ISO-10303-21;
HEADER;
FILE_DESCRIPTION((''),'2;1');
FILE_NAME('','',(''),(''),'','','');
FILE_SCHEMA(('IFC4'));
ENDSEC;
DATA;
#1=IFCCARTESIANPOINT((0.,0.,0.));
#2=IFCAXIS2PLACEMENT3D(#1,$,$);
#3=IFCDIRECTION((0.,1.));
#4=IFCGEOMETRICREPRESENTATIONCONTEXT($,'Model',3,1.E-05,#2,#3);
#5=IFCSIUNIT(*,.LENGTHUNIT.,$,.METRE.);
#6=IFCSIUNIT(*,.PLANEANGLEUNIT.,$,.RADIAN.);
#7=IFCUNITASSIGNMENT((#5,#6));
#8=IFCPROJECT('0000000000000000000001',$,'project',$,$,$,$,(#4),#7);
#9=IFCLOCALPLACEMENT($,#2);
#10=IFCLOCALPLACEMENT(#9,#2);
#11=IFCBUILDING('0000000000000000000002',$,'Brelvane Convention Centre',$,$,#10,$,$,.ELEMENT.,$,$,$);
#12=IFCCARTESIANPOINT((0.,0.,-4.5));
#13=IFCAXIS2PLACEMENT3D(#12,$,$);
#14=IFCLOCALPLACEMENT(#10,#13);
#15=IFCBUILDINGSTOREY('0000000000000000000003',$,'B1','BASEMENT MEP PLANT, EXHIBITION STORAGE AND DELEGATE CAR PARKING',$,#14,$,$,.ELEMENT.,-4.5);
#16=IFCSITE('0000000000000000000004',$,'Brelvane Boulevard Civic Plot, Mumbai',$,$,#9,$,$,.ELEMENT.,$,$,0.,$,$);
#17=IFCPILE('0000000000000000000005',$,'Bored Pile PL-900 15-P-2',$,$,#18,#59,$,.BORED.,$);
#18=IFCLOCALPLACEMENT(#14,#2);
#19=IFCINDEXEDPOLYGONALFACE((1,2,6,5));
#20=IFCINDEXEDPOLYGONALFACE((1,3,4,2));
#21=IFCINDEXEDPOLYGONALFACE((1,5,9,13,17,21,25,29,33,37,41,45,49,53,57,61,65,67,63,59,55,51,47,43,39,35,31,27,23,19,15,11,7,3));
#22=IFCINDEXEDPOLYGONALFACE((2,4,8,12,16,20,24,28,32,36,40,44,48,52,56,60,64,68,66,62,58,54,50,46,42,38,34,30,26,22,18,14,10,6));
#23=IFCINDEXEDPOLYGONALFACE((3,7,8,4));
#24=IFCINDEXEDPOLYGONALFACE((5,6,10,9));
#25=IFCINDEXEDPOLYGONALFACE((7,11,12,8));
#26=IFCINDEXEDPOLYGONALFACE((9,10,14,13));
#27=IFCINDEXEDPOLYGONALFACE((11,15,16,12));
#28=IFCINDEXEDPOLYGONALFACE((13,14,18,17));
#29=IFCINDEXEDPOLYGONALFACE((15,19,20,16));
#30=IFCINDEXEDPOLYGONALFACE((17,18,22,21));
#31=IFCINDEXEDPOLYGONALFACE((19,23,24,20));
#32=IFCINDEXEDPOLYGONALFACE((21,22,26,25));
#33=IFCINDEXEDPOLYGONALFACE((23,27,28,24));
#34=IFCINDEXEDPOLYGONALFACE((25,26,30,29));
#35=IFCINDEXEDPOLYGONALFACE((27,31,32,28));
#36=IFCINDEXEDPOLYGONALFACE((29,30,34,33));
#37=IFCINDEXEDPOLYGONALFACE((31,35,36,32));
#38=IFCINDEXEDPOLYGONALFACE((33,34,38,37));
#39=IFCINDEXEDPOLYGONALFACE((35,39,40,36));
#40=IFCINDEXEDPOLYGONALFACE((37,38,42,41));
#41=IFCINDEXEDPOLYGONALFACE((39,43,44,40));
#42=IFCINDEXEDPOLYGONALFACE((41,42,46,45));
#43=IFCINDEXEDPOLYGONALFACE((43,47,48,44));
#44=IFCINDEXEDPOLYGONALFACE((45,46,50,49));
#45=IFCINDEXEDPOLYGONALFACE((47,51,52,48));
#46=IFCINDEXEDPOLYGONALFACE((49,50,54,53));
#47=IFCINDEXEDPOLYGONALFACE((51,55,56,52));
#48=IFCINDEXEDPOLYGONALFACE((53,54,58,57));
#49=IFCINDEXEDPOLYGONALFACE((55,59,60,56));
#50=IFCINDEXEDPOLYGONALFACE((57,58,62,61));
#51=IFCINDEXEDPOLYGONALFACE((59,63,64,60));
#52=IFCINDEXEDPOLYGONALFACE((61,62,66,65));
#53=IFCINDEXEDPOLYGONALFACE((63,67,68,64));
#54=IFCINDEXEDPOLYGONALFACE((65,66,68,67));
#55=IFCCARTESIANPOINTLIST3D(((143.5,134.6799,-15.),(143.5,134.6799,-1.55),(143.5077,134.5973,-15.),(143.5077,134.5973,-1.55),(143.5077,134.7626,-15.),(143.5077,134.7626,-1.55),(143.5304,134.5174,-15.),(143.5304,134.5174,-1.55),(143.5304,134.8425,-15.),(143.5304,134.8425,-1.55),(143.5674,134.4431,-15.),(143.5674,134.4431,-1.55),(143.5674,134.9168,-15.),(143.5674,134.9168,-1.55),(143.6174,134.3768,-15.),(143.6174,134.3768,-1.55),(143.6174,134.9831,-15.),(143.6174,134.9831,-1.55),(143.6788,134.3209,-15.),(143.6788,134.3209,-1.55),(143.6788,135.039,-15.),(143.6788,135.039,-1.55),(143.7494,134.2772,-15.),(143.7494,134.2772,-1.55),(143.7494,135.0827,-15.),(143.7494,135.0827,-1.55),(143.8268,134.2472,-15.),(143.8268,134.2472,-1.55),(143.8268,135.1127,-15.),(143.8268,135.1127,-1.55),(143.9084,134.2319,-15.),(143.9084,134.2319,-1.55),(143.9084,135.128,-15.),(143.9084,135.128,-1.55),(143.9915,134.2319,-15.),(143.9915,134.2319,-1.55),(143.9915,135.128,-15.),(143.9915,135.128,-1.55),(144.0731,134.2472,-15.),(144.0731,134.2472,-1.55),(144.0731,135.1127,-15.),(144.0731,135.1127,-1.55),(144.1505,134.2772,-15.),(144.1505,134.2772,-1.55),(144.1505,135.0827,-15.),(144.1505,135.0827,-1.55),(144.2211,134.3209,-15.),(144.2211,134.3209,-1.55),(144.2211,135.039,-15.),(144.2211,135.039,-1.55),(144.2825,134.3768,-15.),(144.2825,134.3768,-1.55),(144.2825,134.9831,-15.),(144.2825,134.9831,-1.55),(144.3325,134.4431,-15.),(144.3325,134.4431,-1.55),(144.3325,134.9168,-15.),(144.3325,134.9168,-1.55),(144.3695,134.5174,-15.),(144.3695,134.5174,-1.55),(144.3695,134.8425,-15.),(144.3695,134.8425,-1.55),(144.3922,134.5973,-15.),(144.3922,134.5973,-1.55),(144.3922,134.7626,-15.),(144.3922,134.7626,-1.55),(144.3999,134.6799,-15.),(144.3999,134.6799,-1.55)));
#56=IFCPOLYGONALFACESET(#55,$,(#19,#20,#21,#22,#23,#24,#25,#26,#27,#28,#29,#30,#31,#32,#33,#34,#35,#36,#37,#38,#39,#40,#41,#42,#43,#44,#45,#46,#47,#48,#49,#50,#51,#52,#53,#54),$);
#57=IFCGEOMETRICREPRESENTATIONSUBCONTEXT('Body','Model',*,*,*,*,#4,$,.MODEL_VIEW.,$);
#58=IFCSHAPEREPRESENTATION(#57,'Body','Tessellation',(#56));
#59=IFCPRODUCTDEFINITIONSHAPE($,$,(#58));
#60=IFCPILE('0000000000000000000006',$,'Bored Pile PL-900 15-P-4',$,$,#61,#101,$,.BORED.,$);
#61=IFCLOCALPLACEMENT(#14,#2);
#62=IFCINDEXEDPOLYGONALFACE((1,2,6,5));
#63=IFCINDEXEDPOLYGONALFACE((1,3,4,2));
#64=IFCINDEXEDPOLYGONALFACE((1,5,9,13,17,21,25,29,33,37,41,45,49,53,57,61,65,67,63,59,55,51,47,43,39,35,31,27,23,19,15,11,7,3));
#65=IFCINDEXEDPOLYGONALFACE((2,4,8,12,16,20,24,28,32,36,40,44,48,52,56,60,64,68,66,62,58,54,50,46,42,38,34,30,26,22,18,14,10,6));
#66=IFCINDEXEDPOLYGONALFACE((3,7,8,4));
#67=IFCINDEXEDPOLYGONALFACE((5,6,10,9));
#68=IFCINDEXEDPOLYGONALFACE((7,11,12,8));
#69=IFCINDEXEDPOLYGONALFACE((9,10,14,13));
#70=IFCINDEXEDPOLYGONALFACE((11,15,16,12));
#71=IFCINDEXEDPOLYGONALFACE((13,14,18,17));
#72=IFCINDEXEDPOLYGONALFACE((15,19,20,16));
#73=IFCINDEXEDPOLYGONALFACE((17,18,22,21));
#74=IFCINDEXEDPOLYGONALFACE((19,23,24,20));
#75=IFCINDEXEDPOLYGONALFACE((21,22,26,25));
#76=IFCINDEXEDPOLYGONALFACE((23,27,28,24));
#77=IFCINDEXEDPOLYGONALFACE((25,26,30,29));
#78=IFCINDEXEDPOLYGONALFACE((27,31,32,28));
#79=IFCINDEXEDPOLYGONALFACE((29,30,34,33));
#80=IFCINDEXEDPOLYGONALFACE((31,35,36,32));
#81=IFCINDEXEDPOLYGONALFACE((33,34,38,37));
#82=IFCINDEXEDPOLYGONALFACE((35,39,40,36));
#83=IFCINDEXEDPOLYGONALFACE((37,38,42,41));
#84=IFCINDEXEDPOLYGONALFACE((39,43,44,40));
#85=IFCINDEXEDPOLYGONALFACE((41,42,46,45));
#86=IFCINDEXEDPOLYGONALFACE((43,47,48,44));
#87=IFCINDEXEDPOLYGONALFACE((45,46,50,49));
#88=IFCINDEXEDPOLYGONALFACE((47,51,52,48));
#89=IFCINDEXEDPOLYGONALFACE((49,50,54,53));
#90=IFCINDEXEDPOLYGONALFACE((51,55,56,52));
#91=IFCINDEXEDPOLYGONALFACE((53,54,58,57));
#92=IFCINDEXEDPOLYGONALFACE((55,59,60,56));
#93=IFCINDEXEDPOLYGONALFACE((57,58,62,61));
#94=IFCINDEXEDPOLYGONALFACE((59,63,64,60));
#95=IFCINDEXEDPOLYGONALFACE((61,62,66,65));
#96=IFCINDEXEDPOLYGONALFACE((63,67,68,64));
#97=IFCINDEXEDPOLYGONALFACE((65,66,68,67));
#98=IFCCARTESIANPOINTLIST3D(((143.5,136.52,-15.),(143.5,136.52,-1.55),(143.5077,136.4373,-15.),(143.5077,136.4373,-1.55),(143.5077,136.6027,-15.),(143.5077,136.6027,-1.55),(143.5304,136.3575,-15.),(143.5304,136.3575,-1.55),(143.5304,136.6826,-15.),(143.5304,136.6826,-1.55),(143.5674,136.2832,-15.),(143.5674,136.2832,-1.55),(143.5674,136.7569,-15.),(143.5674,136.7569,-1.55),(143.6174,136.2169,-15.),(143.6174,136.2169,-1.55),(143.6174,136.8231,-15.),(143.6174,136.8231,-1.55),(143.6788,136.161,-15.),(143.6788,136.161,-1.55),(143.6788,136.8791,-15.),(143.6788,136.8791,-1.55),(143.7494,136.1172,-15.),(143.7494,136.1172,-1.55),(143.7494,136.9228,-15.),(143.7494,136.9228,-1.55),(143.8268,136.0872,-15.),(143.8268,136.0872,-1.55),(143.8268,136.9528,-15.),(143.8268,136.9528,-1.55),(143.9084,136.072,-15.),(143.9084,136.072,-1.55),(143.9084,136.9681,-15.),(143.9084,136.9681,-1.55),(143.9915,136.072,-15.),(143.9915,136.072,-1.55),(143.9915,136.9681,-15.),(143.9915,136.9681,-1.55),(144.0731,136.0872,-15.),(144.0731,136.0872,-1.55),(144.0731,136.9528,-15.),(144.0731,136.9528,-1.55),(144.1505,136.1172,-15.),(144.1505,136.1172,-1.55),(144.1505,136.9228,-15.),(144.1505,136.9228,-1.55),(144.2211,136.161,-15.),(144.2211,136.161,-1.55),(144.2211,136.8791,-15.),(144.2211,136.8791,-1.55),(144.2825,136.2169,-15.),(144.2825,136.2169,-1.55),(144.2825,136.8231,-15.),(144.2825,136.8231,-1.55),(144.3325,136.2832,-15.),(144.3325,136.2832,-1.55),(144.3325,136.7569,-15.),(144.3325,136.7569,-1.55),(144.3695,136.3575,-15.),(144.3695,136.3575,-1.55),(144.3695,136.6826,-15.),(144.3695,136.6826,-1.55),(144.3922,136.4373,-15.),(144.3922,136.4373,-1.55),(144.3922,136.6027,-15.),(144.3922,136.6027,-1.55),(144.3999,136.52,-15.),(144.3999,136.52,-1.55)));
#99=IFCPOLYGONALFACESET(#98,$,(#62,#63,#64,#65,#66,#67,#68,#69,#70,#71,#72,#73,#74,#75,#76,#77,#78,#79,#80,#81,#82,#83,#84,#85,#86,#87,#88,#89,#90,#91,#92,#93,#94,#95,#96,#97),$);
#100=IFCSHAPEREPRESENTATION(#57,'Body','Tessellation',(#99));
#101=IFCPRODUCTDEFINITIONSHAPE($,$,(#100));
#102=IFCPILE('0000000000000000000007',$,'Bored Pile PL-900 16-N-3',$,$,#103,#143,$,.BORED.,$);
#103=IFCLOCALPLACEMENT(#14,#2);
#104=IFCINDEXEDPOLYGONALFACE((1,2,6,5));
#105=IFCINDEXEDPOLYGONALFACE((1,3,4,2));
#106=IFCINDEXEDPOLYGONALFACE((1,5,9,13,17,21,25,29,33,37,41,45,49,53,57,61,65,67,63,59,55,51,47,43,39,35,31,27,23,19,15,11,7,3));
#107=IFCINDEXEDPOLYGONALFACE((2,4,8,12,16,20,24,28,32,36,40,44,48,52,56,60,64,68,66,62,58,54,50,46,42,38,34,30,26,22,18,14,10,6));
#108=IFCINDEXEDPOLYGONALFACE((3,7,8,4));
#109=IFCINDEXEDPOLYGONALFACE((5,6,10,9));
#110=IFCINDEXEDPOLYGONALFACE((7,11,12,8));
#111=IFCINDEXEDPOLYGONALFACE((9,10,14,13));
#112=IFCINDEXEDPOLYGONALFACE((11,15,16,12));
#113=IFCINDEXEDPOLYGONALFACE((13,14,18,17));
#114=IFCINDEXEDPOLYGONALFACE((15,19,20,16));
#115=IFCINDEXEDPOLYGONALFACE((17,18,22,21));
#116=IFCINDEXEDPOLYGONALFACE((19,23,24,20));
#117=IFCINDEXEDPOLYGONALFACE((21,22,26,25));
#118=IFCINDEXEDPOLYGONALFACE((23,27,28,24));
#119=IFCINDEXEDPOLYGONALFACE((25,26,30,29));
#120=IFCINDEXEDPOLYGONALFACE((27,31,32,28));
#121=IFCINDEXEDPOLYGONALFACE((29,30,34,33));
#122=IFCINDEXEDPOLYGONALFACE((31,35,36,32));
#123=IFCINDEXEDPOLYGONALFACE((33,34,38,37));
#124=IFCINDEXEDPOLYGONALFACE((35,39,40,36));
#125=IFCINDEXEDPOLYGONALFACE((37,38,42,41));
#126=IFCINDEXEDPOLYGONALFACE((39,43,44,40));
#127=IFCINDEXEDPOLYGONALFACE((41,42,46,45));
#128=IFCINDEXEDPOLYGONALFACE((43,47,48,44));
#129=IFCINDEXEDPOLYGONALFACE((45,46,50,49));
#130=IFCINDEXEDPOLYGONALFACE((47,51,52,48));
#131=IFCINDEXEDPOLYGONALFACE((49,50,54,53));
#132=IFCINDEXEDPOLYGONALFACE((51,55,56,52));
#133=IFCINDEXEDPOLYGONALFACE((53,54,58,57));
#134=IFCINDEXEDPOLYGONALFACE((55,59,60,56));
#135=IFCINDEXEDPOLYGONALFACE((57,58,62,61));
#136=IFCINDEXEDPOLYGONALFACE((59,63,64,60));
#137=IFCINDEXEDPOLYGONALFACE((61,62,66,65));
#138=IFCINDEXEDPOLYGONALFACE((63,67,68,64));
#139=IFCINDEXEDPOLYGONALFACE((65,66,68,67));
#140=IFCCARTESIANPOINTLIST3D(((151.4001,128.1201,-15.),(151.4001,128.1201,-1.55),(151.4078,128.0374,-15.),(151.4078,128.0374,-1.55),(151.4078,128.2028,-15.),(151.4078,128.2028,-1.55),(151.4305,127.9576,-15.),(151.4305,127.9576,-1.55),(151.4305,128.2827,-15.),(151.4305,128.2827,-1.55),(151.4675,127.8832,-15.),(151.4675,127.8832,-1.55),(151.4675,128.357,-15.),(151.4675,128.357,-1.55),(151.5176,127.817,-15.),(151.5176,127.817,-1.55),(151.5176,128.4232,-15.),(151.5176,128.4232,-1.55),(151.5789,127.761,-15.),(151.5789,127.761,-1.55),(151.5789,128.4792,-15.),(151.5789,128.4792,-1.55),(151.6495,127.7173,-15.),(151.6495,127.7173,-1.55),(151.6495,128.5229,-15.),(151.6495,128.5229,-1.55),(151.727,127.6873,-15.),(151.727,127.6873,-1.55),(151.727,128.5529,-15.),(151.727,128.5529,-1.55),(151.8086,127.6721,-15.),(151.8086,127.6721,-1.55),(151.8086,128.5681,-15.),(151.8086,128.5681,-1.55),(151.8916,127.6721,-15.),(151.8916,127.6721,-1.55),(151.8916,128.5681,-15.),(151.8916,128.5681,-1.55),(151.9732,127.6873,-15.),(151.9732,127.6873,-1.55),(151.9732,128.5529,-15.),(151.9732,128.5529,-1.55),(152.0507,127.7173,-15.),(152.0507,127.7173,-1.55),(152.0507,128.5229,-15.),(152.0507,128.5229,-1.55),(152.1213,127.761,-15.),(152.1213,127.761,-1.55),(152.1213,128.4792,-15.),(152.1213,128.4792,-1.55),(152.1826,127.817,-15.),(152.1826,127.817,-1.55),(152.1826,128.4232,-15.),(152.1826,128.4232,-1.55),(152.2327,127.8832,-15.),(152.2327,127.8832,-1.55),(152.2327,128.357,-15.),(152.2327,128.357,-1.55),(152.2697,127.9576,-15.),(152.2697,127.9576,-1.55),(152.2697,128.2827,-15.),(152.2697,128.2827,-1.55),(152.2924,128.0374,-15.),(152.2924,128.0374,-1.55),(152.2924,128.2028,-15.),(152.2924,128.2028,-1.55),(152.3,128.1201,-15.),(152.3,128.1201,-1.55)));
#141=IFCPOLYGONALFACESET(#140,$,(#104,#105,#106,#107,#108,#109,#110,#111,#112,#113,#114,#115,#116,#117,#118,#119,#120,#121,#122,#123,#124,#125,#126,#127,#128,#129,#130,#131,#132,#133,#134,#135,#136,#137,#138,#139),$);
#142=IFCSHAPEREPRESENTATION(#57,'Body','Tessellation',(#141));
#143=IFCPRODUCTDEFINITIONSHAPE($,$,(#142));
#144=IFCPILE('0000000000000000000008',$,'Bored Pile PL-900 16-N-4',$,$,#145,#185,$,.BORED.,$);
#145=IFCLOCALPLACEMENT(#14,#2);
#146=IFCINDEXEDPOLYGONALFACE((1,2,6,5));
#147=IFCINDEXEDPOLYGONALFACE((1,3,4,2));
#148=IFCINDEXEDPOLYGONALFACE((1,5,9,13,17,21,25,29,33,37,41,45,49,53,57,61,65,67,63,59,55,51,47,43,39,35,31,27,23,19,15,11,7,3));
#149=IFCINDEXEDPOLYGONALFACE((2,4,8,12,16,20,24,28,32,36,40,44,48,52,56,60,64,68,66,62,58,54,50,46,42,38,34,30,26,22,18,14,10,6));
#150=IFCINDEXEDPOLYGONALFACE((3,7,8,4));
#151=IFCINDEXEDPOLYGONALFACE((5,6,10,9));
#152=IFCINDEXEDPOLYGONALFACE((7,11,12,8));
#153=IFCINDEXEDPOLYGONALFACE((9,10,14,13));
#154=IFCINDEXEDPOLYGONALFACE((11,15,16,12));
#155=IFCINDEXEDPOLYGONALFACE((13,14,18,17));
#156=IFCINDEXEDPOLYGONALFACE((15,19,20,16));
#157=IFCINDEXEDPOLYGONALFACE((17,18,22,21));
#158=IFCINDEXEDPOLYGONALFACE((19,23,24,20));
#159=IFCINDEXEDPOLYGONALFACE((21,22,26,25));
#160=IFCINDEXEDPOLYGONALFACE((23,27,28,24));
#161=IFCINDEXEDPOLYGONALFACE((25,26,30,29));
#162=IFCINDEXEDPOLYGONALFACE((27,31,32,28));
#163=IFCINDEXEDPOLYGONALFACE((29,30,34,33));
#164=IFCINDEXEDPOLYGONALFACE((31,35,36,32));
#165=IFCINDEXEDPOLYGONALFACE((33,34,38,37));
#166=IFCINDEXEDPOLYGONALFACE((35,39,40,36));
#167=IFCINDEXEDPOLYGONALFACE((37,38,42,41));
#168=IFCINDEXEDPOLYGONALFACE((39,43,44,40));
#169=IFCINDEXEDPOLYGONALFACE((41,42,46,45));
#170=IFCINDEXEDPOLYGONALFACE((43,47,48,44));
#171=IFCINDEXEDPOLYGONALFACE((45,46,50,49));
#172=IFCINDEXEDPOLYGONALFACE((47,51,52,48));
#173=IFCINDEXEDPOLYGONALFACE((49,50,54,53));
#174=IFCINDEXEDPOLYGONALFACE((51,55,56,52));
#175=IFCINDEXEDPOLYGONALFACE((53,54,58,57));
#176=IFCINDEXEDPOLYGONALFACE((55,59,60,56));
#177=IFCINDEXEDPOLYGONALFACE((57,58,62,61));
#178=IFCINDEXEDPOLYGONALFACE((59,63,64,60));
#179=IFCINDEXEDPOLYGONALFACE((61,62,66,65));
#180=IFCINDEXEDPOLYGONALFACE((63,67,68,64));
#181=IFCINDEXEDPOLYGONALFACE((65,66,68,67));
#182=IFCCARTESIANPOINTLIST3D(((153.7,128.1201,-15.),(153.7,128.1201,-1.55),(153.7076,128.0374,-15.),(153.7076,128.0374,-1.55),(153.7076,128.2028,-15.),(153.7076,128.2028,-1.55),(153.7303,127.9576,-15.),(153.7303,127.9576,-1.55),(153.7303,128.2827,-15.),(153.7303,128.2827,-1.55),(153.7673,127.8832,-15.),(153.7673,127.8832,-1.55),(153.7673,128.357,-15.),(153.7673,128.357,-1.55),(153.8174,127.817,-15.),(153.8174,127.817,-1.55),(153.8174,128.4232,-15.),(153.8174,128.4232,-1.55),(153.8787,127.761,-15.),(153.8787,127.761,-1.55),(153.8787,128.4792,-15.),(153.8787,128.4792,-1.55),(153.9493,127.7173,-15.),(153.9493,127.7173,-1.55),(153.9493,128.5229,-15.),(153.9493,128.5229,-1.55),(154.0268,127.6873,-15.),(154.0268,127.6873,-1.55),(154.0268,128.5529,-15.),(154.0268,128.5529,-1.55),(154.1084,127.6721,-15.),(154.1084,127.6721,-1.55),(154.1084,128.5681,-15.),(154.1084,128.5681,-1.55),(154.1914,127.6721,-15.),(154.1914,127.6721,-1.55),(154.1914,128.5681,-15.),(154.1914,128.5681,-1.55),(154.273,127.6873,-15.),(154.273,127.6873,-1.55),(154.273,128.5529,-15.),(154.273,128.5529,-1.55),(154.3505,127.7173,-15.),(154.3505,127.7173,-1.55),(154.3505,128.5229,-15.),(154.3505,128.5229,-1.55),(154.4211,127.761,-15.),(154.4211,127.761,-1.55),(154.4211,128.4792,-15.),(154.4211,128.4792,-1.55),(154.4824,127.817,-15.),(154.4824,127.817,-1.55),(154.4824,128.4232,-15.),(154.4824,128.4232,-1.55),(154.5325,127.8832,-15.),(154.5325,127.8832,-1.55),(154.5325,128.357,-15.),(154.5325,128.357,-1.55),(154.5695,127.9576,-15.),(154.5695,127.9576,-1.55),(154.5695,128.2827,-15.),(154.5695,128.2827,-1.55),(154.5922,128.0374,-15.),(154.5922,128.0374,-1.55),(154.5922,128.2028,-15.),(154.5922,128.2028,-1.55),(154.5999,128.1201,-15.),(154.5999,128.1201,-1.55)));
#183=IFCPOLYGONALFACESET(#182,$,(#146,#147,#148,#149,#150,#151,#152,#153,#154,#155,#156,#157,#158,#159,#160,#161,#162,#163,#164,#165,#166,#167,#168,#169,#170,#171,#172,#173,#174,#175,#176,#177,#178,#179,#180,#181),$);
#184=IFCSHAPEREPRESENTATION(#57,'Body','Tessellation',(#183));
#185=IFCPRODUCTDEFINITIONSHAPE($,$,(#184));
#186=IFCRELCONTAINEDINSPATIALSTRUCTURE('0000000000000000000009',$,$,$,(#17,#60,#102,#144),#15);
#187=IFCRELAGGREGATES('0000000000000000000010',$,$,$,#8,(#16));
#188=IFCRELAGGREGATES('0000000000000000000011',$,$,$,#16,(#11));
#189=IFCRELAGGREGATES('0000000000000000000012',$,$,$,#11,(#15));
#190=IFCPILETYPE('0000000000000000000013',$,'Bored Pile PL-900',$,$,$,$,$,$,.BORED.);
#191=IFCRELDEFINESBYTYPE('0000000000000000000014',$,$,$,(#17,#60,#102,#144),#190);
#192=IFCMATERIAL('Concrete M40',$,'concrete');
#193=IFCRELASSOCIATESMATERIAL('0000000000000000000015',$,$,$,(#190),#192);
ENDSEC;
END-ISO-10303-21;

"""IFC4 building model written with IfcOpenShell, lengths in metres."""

from ifc_helpers import new_model, si_unit, direction, frame, origin, origin_2d, place, context, subcontext, project, spatial, circle, extrude, material, material_profile, profile_set, type_object, element, save


model = new_model("IFC4")

# Units and contexts
model_context = context("Model", 3, precision=1e-05, world=origin(), true_north=direction((0.0, 1.0)))
body_context = subcontext(model_context, "Body", "Model", "MODEL_VIEW")
ifc_project = project(units=[si_unit("LENGTHUNIT", "METRE"), si_unit("PLANEANGLEUNIT", "RADIAN")], contexts=[model_context])

# Site, building, storey
site_placement = place(None, origin())
site = spatial("IfcSite", under=ifc_project, at=site_placement, Name="Brelvane Boulevard Civic Plot, Mumbai", CompositionType="ELEMENT", RefElevation=0.0)
building_placement = place(site_placement, origin())
building = spatial("IfcBuilding", under=site, at=building_placement, Name="Brelvane Convention Centre", CompositionType="ELEMENT")
storey_placement = place(building_placement, frame((0.0, 0.0, -4.5)))
storey = spatial("IfcBuildingStorey", under=building, at=storey_placement, Name="B1", Description="BASEMENT MEP PLANT, EXHIBITION STORAGE AND DELEGATE CAR PARKING", CompositionType="ELEMENT", Elevation=-4.5)

# Piles
ifc_material_1 = material(Name="Concrete M40", Category="concrete")
ifc_material_profile_1 = material_profile(ifc_material_1, circle(Radius=0.45, at=origin_2d()), Name="PILE D900")
ifc_profile_set_1 = profile_set([ifc_material_profile_1], Name="Concrete M40")
pile_type = type_object("IfcPileType", Name="Bored Pile PL-900", PredefinedType="BORED", material=ifc_profile_set_1)
for number, where, z_axis, x_axis, name in (
    (1, (143.95, 134.6799, -1.55), (0.0, 0.0, -1.0), (1.0, 0.0, 0.0), "Bored Pile PL-900 15-P-2"),
    (2, (143.95, 136.52, -1.55), (0.0, 0.0, -1.0), (1.0, 0.0, 0.0), "Bored Pile PL-900 15-P-4"),
    (3, (151.8501, 128.1201, -1.55), (0.0, 0.0, -1.0), (1.0, 0.0, 0.0), "Bored Pile PL-900 16-N-3"),
    (4, (154.1499, 128.1201, -1.55), (0.0, 0.0, -1.0), (1.0, 0.0, 0.0), "Bored Pile PL-900 16-N-4"),
):
    element("IfcPile", number, at=place(storey_placement, frame(where, z_axis=z_axis, x_axis=x_axis)), inside=storey, type_object=pile_type, Name=name, PredefinedType="BORED", context=body_context, shape_type="SweptSolid", body=[
        extrude(circle(Radius=0.45, at=origin_2d()), origin(), (0.0, 0.0, 1.0), 13.45),
    ])

save(model, "model.ifc")
